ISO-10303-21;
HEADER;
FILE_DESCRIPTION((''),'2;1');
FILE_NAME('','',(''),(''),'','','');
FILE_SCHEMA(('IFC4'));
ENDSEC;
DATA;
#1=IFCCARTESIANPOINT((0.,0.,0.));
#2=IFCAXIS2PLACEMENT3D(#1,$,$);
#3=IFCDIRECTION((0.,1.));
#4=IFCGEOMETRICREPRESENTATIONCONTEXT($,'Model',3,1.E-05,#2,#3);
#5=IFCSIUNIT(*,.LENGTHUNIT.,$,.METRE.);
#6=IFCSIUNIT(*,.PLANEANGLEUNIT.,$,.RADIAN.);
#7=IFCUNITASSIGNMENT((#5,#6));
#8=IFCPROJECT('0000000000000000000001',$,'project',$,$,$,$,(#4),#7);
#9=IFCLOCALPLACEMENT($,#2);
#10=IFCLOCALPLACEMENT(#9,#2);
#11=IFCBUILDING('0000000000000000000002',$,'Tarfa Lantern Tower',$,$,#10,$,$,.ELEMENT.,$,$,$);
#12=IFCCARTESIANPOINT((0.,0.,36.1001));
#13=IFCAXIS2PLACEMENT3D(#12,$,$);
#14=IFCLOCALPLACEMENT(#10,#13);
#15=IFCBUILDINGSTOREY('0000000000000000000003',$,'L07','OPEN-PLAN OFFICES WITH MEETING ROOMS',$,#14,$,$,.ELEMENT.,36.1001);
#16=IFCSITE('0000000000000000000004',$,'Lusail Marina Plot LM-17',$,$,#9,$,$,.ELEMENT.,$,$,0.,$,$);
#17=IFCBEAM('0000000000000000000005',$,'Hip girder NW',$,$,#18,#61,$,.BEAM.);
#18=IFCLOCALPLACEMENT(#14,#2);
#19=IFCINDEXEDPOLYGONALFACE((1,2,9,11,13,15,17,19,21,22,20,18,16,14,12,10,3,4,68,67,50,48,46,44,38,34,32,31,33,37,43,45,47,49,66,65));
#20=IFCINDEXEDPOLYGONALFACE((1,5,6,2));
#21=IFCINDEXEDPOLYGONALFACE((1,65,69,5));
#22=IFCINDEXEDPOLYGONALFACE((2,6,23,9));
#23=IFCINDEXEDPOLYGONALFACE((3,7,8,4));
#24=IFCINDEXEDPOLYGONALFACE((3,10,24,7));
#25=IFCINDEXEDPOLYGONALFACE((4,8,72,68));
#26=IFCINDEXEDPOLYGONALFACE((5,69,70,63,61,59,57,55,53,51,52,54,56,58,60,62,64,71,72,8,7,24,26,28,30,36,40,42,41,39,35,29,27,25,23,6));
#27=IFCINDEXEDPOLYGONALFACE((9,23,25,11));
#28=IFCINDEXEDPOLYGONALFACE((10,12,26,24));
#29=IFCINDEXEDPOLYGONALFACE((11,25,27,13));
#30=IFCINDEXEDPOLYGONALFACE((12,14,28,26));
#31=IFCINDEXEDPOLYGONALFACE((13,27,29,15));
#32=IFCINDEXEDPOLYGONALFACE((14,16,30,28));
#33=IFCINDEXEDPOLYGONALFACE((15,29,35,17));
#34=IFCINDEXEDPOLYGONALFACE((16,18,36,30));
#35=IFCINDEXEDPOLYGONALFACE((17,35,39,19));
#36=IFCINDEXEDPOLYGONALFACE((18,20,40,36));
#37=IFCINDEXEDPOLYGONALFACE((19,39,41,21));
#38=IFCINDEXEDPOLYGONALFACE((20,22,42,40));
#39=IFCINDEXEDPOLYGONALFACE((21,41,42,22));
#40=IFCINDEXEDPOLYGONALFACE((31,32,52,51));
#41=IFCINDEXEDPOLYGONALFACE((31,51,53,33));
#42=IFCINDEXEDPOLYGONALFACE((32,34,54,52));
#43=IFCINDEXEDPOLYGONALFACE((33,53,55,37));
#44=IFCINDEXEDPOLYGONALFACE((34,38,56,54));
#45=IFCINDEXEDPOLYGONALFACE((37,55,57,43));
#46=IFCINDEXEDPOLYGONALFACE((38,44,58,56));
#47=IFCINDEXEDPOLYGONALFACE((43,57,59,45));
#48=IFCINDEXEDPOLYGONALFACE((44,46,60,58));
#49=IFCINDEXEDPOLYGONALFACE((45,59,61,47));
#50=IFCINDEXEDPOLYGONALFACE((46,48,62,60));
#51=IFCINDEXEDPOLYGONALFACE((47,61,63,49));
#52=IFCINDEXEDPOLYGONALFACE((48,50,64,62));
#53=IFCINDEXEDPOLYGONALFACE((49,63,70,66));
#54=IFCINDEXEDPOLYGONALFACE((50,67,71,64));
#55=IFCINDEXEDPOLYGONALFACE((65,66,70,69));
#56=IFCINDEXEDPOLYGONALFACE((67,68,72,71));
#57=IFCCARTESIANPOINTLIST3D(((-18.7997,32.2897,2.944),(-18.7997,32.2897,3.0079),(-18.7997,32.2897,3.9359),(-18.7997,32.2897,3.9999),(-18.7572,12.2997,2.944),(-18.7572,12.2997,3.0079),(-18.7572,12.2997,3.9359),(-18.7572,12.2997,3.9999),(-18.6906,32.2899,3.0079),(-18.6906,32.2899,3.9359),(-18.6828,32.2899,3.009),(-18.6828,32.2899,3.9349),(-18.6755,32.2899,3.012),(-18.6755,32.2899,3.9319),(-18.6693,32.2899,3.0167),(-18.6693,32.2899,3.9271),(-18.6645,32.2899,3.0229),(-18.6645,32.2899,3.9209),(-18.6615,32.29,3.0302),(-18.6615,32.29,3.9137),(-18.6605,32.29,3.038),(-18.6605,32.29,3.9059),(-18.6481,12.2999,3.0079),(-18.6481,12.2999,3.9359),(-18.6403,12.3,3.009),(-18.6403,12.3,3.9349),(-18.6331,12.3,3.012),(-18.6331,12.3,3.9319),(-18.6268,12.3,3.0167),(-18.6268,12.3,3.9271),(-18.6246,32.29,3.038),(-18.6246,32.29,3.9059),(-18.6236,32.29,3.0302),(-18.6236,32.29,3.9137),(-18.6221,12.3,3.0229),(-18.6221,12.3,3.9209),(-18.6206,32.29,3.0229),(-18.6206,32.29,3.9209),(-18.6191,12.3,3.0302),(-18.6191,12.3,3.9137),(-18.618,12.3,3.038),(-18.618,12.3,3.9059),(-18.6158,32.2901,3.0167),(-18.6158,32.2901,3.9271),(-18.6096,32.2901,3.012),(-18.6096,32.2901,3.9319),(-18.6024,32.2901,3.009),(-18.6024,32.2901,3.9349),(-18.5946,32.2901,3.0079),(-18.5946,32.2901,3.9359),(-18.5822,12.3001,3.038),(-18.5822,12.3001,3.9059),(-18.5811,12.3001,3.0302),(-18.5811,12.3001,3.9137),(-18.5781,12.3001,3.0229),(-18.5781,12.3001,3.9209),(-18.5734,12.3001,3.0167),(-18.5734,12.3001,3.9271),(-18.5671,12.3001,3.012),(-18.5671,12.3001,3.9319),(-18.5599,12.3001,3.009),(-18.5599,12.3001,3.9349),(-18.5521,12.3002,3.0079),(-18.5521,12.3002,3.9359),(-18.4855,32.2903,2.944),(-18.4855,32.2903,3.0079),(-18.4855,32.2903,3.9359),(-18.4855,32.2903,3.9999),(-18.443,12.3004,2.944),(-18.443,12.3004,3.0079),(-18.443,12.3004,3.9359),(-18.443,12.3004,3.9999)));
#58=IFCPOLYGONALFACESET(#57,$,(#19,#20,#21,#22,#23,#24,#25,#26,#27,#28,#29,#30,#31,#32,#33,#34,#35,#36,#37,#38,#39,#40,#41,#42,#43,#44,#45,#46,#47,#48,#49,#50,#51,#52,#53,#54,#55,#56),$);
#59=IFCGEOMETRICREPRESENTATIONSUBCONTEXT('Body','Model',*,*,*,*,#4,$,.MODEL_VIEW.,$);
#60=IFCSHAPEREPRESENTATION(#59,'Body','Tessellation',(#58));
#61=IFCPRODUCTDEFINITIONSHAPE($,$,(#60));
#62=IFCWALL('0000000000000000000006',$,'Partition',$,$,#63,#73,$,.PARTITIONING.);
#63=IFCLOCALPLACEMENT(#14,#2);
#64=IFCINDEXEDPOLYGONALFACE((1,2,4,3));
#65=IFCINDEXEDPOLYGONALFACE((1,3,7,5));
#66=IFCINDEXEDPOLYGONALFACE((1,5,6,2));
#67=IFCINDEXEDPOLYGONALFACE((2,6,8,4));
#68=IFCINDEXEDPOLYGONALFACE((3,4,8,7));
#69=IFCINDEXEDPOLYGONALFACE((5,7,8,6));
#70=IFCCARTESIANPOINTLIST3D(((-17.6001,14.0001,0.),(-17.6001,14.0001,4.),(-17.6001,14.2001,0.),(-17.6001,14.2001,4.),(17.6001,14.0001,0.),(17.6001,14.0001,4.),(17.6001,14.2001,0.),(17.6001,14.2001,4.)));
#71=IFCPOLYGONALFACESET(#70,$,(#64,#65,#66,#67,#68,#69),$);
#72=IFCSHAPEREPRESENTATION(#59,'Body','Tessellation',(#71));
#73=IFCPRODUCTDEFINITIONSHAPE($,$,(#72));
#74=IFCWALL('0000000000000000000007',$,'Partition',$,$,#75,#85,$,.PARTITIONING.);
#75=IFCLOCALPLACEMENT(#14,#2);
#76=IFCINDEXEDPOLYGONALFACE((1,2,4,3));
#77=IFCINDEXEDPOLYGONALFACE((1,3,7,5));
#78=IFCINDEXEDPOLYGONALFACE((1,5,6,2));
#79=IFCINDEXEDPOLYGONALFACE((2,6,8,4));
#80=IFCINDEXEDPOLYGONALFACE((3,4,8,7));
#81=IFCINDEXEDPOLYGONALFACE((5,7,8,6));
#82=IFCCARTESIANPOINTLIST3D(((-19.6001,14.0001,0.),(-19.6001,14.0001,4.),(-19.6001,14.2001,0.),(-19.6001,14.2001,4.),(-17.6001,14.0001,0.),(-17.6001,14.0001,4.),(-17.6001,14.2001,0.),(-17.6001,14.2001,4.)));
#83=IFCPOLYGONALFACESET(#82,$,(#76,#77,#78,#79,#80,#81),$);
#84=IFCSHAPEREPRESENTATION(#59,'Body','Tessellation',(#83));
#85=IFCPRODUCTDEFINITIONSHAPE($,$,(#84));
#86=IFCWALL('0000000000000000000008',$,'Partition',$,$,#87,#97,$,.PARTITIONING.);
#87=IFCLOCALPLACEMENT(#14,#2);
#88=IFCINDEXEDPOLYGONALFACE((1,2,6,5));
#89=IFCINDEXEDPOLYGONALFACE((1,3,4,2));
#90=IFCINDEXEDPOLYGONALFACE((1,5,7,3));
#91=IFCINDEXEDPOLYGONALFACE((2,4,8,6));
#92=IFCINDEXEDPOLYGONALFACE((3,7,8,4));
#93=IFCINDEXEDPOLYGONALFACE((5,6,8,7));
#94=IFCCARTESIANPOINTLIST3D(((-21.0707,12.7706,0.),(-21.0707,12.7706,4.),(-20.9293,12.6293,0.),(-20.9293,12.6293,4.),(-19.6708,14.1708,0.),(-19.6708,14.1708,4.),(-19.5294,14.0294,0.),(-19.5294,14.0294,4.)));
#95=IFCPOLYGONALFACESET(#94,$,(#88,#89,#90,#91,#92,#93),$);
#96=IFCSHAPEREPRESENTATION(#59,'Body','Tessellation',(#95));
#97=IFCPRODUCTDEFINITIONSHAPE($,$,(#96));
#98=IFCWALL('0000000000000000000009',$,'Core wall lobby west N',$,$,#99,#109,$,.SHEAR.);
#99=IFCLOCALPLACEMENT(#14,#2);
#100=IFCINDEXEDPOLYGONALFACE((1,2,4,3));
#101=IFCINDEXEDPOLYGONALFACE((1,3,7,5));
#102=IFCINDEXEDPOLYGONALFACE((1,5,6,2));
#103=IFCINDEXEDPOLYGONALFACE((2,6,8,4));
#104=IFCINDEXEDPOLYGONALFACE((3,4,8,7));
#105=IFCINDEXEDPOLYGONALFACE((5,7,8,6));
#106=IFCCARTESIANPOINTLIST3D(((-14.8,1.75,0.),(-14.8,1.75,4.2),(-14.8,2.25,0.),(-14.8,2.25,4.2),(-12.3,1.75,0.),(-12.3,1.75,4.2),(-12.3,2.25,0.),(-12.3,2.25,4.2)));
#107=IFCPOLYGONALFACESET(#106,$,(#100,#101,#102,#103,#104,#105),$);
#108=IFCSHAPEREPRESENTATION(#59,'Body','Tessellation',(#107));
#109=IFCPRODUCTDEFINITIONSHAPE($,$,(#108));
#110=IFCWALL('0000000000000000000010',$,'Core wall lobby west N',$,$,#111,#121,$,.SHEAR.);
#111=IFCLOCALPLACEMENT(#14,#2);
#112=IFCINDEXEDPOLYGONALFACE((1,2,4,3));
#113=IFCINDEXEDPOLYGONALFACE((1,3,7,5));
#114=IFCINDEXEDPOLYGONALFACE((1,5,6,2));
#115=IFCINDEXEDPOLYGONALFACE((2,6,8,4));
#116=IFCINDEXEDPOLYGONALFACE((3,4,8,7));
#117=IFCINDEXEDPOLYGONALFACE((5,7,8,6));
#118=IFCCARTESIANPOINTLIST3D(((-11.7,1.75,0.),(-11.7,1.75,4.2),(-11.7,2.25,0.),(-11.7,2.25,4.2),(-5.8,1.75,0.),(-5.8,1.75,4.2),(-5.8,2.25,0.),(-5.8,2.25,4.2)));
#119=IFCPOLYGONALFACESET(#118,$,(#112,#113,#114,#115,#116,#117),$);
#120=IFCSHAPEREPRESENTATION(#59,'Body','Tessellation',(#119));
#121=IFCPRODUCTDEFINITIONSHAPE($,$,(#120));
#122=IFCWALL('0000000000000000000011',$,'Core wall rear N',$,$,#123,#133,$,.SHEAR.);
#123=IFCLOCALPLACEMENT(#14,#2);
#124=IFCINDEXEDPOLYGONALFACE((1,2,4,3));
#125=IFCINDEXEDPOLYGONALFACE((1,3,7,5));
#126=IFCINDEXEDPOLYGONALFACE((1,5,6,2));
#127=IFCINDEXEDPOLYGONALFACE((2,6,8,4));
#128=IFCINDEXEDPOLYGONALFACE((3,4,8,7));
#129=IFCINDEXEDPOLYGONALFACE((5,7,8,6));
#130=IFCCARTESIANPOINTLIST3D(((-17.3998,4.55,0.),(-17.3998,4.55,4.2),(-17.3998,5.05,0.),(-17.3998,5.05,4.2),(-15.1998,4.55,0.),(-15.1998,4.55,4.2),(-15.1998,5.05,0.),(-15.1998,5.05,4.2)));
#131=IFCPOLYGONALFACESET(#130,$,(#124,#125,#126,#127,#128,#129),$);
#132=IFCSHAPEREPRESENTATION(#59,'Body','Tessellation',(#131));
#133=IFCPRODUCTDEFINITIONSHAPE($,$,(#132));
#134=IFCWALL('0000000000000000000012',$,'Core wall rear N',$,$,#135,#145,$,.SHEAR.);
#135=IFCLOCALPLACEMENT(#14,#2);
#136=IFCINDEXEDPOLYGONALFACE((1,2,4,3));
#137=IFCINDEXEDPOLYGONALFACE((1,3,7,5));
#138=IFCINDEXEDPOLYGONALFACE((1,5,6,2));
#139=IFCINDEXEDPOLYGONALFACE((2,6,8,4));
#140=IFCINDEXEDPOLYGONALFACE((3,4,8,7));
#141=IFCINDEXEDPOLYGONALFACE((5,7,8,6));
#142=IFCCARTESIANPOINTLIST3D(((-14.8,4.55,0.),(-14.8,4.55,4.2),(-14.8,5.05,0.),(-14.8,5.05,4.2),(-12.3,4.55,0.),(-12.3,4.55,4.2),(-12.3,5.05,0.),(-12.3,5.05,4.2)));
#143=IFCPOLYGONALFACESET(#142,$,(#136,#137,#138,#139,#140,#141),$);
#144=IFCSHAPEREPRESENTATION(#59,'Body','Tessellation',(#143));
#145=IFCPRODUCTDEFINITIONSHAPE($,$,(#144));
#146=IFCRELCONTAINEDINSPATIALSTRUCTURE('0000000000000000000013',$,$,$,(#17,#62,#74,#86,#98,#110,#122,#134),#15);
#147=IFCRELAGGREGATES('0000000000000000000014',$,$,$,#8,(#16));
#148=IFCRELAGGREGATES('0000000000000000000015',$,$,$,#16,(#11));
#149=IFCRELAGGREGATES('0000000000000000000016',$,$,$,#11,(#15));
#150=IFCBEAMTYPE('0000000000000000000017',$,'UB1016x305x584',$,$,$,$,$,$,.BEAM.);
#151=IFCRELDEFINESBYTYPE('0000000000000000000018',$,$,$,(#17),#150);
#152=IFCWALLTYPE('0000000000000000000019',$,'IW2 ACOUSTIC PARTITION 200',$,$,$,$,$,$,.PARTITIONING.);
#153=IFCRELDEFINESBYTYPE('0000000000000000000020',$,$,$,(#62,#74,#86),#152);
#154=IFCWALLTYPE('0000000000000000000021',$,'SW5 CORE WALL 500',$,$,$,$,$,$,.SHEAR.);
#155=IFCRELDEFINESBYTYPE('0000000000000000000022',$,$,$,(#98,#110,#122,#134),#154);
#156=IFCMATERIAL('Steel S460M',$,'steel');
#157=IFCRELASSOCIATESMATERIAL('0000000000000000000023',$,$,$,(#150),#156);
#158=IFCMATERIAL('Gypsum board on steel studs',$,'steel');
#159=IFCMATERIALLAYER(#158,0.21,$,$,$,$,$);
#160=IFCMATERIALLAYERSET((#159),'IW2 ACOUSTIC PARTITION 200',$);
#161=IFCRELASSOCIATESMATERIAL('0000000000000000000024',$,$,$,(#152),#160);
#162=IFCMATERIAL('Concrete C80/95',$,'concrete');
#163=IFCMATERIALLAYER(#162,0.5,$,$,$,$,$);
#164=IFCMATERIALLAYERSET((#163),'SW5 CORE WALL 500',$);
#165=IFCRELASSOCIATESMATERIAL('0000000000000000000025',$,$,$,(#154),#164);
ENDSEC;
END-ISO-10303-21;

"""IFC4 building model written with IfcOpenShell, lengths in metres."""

from ifc_helpers import new_model, si_unit, direction, frame, frame_2d, origin, origin_2d, place, context, subcontext, project, spatial, rectangle, i_section, extrude, material, layer, layer_set, material_profile, profile_set, type_object, element, save


model = new_model("IFC4")

# Units and contexts
model_context = context("Model", 3, precision=1e-05, world=origin(), true_north=direction((0.0, 1.0)))
body_context = subcontext(model_context, "Body", "Model", "MODEL_VIEW")
ifc_project = project(units=[si_unit("LENGTHUNIT", "METRE"), si_unit("PLANEANGLEUNIT", "RADIAN")], contexts=[model_context])

# Site, building, storey
site_placement = place(None, origin())
site = spatial("IfcSite", under=ifc_project, at=site_placement, Name="Lusail Marina Plot LM-17", CompositionType="ELEMENT", RefElevation=0.0)
building_placement = place(site_placement, origin())
building = spatial("IfcBuilding", under=site, at=building_placement, Name="Tarfa Lantern Tower", CompositionType="ELEMENT")
storey_placement = place(building_placement, frame((0.0, 0.0, 36.1001)))
storey = spatial("IfcBuildingStorey", under=building, at=storey_placement, Name="L07", Description="OPEN-PLAN OFFICES WITH MEETING ROOMS", CompositionType="ELEMENT", Elevation=36.1001)

# Beam
ifc_material_1 = material(Name="Steel S460M", Category="steel")
ifc_material_profile = material_profile(ifc_material_1, i_section(OverallWidth=0.3142, OverallDepth=1.0559, WebThickness=0.0359, FlangeThickness=0.064, FilletRadius=0.03, at=origin_2d()), Name="UB1016x305x584")
ifc_profile_set = profile_set([ifc_material_profile], Name="Steel S460M")
beam_type = type_object("IfcBeamType", Name="UB1016x305x584", PredefinedType="BEAM", material=ifc_profile_set)
beam_placement = place(storey_placement, frame((-18.6001, 12.3, 3.4719), z_axis=(-0.002125, 0.999998, 0.0), x_axis=(-0.999998, -0.002125, 0.0)))
element("IfcBeam", 1, at=beam_placement, inside=storey, type_object=beam_type, Name="Hip girder NW", PredefinedType="BEAM", context=body_context, shape_type="SweptSolid", body=[
    extrude(i_section(OverallWidth=0.3142, OverallDepth=1.0559, WebThickness=0.0359, FlangeThickness=0.064, FilletRadius=0.03, at=origin_2d()), origin(), (0.0, 0.0, 1.0), 19.99),
])

# Walls
ifc_material_2 = material(Name="Gypsum board on steel studs", Category="steel")
ifc_layer_1 = layer(ifc_material_2, 0.21)
ifc_layer_set_1 = layer_set([ifc_layer_1], Name="IW2 ACOUSTIC PARTITION 200")
wall_type_1 = type_object("IfcWallType", Name="IW2 ACOUSTIC PARTITION 200", PredefinedType="PARTITIONING", material=ifc_layer_set_1)
wall_1_placement = place(storey_placement, frame((-17.6001, 14.1001, 0.0), z_axis=(0.0, 0.0, 1.0), x_axis=(1.0, 0.0, 0.0)))
element("IfcWall", 2, at=wall_1_placement, inside=storey, type_object=wall_type_1, Name="Partition", PredefinedType="PARTITIONING", context=body_context, shape_type="SweptSolid", body=[
    extrude(rectangle(XDim=35.2002, YDim=0.2, at=frame_2d((17.6001, 0.0))), origin(), (0.0, 0.0, 1.0), 4.0),
])
wall_2_placement = place(storey_placement, frame((-19.6001, 14.1001, 0.0), z_axis=(0.0, 0.0, 1.0), x_axis=(1.0, 0.0, 0.0)))
element("IfcWall", 3, at=wall_2_placement, inside=storey, type_object=wall_type_1, Name="Partition", PredefinedType="PARTITIONING", context=body_context, shape_type="SweptSolid", body=[
    extrude(rectangle(XDim=2.0, YDim=0.2, at=frame_2d((1.0, 0.0))), origin(), (0.0, 0.0, 1.0), 4.0),
])
wall_3_placement = place(storey_placement, frame((-21.0, 12.7, 0.0), z_axis=(0.0, 0.0, 1.0), x_axis=(0.707045, 0.707168, 0.0)))
element("IfcWall", 4, at=wall_3_placement, inside=storey, type_object=wall_type_1, Name="Partition", PredefinedType="PARTITIONING", context=body_context, shape_type="SweptSolid", body=[
    extrude(rectangle(XDim=1.98, YDim=0.2, at=frame_2d((0.99, 0.0))), origin(), (0.0, 0.0, 1.0), 4.0),
])

# Shared definitions
ifc_material_3 = material(Name="Concrete C80/95", Category="concrete")

# Walls
ifc_layer_2 = layer(ifc_material_3, 0.5)
ifc_layer_set_2 = layer_set([ifc_layer_2], Name="SW5 CORE WALL 500")
wall_type_2 = type_object("IfcWallType", Name="SW5 CORE WALL 500", PredefinedType="SHEAR", material=ifc_layer_set_2)
wall_4_placement = place(storey_placement, frame((-14.8, 2.0, 0.0), z_axis=(0.0, 0.0, 1.0), x_axis=(1.0, 0.0, 0.0)))
element("IfcWall", 5, at=wall_4_placement, inside=storey, type_object=wall_type_2, Name="Core wall lobby west N", PredefinedType="SHEAR", context=body_context, shape_type="SweptSolid", body=[
    extrude(rectangle(XDim=2.5, YDim=0.5, at=frame_2d((1.25, 0.0))), origin(), (0.0, 0.0, 1.0), 4.2),
])
wall_5_placement = place(storey_placement, frame((-11.7, 2.0, 0.0), z_axis=(0.0, 0.0, 1.0), x_axis=(1.0, 0.0, 0.0)))
element("IfcWall", 6, at=wall_5_placement, inside=storey, type_object=wall_type_2, Name="Core wall lobby west N", PredefinedType="SHEAR", context=body_context, shape_type="SweptSolid", body=[
    extrude(rectangle(XDim=5.8999, YDim=0.5, at=frame_2d((2.95, 0.0))), origin(), (0.0, 0.0, 1.0), 4.2),
])
wall_6_placement = place(storey_placement, frame((-17.3999, 4.8, 0.0), z_axis=(0.0, 0.0, 1.0), x_axis=(1.0, 0.0, 0.0)))
element("IfcWall", 7, at=wall_6_placement, inside=storey, type_object=wall_type_2, Name="Core wall rear N", PredefinedType="SHEAR", context=body_context, shape_type="SweptSolid", body=[
    extrude(rectangle(XDim=2.2, YDim=0.5, at=frame_2d((1.1001, 0.0))), origin(), (0.0, 0.0, 1.0), 4.2),
])
wall_7_placement = place(storey_placement, frame((-14.8, 4.8, 0.0), z_axis=(0.0, 0.0, 1.0), x_axis=(1.0, 0.0, 0.0)))
element("IfcWall", 8, at=wall_7_placement, inside=storey, type_object=wall_type_2, Name="Core wall rear N", PredefinedType="SHEAR", context=body_context, shape_type="SweptSolid", body=[
    extrude(rectangle(XDim=2.5, YDim=0.5, at=frame_2d((1.25, 0.0))), origin(), (0.0, 0.0, 1.0), 4.2),
])

save(model, "model.ifc")
